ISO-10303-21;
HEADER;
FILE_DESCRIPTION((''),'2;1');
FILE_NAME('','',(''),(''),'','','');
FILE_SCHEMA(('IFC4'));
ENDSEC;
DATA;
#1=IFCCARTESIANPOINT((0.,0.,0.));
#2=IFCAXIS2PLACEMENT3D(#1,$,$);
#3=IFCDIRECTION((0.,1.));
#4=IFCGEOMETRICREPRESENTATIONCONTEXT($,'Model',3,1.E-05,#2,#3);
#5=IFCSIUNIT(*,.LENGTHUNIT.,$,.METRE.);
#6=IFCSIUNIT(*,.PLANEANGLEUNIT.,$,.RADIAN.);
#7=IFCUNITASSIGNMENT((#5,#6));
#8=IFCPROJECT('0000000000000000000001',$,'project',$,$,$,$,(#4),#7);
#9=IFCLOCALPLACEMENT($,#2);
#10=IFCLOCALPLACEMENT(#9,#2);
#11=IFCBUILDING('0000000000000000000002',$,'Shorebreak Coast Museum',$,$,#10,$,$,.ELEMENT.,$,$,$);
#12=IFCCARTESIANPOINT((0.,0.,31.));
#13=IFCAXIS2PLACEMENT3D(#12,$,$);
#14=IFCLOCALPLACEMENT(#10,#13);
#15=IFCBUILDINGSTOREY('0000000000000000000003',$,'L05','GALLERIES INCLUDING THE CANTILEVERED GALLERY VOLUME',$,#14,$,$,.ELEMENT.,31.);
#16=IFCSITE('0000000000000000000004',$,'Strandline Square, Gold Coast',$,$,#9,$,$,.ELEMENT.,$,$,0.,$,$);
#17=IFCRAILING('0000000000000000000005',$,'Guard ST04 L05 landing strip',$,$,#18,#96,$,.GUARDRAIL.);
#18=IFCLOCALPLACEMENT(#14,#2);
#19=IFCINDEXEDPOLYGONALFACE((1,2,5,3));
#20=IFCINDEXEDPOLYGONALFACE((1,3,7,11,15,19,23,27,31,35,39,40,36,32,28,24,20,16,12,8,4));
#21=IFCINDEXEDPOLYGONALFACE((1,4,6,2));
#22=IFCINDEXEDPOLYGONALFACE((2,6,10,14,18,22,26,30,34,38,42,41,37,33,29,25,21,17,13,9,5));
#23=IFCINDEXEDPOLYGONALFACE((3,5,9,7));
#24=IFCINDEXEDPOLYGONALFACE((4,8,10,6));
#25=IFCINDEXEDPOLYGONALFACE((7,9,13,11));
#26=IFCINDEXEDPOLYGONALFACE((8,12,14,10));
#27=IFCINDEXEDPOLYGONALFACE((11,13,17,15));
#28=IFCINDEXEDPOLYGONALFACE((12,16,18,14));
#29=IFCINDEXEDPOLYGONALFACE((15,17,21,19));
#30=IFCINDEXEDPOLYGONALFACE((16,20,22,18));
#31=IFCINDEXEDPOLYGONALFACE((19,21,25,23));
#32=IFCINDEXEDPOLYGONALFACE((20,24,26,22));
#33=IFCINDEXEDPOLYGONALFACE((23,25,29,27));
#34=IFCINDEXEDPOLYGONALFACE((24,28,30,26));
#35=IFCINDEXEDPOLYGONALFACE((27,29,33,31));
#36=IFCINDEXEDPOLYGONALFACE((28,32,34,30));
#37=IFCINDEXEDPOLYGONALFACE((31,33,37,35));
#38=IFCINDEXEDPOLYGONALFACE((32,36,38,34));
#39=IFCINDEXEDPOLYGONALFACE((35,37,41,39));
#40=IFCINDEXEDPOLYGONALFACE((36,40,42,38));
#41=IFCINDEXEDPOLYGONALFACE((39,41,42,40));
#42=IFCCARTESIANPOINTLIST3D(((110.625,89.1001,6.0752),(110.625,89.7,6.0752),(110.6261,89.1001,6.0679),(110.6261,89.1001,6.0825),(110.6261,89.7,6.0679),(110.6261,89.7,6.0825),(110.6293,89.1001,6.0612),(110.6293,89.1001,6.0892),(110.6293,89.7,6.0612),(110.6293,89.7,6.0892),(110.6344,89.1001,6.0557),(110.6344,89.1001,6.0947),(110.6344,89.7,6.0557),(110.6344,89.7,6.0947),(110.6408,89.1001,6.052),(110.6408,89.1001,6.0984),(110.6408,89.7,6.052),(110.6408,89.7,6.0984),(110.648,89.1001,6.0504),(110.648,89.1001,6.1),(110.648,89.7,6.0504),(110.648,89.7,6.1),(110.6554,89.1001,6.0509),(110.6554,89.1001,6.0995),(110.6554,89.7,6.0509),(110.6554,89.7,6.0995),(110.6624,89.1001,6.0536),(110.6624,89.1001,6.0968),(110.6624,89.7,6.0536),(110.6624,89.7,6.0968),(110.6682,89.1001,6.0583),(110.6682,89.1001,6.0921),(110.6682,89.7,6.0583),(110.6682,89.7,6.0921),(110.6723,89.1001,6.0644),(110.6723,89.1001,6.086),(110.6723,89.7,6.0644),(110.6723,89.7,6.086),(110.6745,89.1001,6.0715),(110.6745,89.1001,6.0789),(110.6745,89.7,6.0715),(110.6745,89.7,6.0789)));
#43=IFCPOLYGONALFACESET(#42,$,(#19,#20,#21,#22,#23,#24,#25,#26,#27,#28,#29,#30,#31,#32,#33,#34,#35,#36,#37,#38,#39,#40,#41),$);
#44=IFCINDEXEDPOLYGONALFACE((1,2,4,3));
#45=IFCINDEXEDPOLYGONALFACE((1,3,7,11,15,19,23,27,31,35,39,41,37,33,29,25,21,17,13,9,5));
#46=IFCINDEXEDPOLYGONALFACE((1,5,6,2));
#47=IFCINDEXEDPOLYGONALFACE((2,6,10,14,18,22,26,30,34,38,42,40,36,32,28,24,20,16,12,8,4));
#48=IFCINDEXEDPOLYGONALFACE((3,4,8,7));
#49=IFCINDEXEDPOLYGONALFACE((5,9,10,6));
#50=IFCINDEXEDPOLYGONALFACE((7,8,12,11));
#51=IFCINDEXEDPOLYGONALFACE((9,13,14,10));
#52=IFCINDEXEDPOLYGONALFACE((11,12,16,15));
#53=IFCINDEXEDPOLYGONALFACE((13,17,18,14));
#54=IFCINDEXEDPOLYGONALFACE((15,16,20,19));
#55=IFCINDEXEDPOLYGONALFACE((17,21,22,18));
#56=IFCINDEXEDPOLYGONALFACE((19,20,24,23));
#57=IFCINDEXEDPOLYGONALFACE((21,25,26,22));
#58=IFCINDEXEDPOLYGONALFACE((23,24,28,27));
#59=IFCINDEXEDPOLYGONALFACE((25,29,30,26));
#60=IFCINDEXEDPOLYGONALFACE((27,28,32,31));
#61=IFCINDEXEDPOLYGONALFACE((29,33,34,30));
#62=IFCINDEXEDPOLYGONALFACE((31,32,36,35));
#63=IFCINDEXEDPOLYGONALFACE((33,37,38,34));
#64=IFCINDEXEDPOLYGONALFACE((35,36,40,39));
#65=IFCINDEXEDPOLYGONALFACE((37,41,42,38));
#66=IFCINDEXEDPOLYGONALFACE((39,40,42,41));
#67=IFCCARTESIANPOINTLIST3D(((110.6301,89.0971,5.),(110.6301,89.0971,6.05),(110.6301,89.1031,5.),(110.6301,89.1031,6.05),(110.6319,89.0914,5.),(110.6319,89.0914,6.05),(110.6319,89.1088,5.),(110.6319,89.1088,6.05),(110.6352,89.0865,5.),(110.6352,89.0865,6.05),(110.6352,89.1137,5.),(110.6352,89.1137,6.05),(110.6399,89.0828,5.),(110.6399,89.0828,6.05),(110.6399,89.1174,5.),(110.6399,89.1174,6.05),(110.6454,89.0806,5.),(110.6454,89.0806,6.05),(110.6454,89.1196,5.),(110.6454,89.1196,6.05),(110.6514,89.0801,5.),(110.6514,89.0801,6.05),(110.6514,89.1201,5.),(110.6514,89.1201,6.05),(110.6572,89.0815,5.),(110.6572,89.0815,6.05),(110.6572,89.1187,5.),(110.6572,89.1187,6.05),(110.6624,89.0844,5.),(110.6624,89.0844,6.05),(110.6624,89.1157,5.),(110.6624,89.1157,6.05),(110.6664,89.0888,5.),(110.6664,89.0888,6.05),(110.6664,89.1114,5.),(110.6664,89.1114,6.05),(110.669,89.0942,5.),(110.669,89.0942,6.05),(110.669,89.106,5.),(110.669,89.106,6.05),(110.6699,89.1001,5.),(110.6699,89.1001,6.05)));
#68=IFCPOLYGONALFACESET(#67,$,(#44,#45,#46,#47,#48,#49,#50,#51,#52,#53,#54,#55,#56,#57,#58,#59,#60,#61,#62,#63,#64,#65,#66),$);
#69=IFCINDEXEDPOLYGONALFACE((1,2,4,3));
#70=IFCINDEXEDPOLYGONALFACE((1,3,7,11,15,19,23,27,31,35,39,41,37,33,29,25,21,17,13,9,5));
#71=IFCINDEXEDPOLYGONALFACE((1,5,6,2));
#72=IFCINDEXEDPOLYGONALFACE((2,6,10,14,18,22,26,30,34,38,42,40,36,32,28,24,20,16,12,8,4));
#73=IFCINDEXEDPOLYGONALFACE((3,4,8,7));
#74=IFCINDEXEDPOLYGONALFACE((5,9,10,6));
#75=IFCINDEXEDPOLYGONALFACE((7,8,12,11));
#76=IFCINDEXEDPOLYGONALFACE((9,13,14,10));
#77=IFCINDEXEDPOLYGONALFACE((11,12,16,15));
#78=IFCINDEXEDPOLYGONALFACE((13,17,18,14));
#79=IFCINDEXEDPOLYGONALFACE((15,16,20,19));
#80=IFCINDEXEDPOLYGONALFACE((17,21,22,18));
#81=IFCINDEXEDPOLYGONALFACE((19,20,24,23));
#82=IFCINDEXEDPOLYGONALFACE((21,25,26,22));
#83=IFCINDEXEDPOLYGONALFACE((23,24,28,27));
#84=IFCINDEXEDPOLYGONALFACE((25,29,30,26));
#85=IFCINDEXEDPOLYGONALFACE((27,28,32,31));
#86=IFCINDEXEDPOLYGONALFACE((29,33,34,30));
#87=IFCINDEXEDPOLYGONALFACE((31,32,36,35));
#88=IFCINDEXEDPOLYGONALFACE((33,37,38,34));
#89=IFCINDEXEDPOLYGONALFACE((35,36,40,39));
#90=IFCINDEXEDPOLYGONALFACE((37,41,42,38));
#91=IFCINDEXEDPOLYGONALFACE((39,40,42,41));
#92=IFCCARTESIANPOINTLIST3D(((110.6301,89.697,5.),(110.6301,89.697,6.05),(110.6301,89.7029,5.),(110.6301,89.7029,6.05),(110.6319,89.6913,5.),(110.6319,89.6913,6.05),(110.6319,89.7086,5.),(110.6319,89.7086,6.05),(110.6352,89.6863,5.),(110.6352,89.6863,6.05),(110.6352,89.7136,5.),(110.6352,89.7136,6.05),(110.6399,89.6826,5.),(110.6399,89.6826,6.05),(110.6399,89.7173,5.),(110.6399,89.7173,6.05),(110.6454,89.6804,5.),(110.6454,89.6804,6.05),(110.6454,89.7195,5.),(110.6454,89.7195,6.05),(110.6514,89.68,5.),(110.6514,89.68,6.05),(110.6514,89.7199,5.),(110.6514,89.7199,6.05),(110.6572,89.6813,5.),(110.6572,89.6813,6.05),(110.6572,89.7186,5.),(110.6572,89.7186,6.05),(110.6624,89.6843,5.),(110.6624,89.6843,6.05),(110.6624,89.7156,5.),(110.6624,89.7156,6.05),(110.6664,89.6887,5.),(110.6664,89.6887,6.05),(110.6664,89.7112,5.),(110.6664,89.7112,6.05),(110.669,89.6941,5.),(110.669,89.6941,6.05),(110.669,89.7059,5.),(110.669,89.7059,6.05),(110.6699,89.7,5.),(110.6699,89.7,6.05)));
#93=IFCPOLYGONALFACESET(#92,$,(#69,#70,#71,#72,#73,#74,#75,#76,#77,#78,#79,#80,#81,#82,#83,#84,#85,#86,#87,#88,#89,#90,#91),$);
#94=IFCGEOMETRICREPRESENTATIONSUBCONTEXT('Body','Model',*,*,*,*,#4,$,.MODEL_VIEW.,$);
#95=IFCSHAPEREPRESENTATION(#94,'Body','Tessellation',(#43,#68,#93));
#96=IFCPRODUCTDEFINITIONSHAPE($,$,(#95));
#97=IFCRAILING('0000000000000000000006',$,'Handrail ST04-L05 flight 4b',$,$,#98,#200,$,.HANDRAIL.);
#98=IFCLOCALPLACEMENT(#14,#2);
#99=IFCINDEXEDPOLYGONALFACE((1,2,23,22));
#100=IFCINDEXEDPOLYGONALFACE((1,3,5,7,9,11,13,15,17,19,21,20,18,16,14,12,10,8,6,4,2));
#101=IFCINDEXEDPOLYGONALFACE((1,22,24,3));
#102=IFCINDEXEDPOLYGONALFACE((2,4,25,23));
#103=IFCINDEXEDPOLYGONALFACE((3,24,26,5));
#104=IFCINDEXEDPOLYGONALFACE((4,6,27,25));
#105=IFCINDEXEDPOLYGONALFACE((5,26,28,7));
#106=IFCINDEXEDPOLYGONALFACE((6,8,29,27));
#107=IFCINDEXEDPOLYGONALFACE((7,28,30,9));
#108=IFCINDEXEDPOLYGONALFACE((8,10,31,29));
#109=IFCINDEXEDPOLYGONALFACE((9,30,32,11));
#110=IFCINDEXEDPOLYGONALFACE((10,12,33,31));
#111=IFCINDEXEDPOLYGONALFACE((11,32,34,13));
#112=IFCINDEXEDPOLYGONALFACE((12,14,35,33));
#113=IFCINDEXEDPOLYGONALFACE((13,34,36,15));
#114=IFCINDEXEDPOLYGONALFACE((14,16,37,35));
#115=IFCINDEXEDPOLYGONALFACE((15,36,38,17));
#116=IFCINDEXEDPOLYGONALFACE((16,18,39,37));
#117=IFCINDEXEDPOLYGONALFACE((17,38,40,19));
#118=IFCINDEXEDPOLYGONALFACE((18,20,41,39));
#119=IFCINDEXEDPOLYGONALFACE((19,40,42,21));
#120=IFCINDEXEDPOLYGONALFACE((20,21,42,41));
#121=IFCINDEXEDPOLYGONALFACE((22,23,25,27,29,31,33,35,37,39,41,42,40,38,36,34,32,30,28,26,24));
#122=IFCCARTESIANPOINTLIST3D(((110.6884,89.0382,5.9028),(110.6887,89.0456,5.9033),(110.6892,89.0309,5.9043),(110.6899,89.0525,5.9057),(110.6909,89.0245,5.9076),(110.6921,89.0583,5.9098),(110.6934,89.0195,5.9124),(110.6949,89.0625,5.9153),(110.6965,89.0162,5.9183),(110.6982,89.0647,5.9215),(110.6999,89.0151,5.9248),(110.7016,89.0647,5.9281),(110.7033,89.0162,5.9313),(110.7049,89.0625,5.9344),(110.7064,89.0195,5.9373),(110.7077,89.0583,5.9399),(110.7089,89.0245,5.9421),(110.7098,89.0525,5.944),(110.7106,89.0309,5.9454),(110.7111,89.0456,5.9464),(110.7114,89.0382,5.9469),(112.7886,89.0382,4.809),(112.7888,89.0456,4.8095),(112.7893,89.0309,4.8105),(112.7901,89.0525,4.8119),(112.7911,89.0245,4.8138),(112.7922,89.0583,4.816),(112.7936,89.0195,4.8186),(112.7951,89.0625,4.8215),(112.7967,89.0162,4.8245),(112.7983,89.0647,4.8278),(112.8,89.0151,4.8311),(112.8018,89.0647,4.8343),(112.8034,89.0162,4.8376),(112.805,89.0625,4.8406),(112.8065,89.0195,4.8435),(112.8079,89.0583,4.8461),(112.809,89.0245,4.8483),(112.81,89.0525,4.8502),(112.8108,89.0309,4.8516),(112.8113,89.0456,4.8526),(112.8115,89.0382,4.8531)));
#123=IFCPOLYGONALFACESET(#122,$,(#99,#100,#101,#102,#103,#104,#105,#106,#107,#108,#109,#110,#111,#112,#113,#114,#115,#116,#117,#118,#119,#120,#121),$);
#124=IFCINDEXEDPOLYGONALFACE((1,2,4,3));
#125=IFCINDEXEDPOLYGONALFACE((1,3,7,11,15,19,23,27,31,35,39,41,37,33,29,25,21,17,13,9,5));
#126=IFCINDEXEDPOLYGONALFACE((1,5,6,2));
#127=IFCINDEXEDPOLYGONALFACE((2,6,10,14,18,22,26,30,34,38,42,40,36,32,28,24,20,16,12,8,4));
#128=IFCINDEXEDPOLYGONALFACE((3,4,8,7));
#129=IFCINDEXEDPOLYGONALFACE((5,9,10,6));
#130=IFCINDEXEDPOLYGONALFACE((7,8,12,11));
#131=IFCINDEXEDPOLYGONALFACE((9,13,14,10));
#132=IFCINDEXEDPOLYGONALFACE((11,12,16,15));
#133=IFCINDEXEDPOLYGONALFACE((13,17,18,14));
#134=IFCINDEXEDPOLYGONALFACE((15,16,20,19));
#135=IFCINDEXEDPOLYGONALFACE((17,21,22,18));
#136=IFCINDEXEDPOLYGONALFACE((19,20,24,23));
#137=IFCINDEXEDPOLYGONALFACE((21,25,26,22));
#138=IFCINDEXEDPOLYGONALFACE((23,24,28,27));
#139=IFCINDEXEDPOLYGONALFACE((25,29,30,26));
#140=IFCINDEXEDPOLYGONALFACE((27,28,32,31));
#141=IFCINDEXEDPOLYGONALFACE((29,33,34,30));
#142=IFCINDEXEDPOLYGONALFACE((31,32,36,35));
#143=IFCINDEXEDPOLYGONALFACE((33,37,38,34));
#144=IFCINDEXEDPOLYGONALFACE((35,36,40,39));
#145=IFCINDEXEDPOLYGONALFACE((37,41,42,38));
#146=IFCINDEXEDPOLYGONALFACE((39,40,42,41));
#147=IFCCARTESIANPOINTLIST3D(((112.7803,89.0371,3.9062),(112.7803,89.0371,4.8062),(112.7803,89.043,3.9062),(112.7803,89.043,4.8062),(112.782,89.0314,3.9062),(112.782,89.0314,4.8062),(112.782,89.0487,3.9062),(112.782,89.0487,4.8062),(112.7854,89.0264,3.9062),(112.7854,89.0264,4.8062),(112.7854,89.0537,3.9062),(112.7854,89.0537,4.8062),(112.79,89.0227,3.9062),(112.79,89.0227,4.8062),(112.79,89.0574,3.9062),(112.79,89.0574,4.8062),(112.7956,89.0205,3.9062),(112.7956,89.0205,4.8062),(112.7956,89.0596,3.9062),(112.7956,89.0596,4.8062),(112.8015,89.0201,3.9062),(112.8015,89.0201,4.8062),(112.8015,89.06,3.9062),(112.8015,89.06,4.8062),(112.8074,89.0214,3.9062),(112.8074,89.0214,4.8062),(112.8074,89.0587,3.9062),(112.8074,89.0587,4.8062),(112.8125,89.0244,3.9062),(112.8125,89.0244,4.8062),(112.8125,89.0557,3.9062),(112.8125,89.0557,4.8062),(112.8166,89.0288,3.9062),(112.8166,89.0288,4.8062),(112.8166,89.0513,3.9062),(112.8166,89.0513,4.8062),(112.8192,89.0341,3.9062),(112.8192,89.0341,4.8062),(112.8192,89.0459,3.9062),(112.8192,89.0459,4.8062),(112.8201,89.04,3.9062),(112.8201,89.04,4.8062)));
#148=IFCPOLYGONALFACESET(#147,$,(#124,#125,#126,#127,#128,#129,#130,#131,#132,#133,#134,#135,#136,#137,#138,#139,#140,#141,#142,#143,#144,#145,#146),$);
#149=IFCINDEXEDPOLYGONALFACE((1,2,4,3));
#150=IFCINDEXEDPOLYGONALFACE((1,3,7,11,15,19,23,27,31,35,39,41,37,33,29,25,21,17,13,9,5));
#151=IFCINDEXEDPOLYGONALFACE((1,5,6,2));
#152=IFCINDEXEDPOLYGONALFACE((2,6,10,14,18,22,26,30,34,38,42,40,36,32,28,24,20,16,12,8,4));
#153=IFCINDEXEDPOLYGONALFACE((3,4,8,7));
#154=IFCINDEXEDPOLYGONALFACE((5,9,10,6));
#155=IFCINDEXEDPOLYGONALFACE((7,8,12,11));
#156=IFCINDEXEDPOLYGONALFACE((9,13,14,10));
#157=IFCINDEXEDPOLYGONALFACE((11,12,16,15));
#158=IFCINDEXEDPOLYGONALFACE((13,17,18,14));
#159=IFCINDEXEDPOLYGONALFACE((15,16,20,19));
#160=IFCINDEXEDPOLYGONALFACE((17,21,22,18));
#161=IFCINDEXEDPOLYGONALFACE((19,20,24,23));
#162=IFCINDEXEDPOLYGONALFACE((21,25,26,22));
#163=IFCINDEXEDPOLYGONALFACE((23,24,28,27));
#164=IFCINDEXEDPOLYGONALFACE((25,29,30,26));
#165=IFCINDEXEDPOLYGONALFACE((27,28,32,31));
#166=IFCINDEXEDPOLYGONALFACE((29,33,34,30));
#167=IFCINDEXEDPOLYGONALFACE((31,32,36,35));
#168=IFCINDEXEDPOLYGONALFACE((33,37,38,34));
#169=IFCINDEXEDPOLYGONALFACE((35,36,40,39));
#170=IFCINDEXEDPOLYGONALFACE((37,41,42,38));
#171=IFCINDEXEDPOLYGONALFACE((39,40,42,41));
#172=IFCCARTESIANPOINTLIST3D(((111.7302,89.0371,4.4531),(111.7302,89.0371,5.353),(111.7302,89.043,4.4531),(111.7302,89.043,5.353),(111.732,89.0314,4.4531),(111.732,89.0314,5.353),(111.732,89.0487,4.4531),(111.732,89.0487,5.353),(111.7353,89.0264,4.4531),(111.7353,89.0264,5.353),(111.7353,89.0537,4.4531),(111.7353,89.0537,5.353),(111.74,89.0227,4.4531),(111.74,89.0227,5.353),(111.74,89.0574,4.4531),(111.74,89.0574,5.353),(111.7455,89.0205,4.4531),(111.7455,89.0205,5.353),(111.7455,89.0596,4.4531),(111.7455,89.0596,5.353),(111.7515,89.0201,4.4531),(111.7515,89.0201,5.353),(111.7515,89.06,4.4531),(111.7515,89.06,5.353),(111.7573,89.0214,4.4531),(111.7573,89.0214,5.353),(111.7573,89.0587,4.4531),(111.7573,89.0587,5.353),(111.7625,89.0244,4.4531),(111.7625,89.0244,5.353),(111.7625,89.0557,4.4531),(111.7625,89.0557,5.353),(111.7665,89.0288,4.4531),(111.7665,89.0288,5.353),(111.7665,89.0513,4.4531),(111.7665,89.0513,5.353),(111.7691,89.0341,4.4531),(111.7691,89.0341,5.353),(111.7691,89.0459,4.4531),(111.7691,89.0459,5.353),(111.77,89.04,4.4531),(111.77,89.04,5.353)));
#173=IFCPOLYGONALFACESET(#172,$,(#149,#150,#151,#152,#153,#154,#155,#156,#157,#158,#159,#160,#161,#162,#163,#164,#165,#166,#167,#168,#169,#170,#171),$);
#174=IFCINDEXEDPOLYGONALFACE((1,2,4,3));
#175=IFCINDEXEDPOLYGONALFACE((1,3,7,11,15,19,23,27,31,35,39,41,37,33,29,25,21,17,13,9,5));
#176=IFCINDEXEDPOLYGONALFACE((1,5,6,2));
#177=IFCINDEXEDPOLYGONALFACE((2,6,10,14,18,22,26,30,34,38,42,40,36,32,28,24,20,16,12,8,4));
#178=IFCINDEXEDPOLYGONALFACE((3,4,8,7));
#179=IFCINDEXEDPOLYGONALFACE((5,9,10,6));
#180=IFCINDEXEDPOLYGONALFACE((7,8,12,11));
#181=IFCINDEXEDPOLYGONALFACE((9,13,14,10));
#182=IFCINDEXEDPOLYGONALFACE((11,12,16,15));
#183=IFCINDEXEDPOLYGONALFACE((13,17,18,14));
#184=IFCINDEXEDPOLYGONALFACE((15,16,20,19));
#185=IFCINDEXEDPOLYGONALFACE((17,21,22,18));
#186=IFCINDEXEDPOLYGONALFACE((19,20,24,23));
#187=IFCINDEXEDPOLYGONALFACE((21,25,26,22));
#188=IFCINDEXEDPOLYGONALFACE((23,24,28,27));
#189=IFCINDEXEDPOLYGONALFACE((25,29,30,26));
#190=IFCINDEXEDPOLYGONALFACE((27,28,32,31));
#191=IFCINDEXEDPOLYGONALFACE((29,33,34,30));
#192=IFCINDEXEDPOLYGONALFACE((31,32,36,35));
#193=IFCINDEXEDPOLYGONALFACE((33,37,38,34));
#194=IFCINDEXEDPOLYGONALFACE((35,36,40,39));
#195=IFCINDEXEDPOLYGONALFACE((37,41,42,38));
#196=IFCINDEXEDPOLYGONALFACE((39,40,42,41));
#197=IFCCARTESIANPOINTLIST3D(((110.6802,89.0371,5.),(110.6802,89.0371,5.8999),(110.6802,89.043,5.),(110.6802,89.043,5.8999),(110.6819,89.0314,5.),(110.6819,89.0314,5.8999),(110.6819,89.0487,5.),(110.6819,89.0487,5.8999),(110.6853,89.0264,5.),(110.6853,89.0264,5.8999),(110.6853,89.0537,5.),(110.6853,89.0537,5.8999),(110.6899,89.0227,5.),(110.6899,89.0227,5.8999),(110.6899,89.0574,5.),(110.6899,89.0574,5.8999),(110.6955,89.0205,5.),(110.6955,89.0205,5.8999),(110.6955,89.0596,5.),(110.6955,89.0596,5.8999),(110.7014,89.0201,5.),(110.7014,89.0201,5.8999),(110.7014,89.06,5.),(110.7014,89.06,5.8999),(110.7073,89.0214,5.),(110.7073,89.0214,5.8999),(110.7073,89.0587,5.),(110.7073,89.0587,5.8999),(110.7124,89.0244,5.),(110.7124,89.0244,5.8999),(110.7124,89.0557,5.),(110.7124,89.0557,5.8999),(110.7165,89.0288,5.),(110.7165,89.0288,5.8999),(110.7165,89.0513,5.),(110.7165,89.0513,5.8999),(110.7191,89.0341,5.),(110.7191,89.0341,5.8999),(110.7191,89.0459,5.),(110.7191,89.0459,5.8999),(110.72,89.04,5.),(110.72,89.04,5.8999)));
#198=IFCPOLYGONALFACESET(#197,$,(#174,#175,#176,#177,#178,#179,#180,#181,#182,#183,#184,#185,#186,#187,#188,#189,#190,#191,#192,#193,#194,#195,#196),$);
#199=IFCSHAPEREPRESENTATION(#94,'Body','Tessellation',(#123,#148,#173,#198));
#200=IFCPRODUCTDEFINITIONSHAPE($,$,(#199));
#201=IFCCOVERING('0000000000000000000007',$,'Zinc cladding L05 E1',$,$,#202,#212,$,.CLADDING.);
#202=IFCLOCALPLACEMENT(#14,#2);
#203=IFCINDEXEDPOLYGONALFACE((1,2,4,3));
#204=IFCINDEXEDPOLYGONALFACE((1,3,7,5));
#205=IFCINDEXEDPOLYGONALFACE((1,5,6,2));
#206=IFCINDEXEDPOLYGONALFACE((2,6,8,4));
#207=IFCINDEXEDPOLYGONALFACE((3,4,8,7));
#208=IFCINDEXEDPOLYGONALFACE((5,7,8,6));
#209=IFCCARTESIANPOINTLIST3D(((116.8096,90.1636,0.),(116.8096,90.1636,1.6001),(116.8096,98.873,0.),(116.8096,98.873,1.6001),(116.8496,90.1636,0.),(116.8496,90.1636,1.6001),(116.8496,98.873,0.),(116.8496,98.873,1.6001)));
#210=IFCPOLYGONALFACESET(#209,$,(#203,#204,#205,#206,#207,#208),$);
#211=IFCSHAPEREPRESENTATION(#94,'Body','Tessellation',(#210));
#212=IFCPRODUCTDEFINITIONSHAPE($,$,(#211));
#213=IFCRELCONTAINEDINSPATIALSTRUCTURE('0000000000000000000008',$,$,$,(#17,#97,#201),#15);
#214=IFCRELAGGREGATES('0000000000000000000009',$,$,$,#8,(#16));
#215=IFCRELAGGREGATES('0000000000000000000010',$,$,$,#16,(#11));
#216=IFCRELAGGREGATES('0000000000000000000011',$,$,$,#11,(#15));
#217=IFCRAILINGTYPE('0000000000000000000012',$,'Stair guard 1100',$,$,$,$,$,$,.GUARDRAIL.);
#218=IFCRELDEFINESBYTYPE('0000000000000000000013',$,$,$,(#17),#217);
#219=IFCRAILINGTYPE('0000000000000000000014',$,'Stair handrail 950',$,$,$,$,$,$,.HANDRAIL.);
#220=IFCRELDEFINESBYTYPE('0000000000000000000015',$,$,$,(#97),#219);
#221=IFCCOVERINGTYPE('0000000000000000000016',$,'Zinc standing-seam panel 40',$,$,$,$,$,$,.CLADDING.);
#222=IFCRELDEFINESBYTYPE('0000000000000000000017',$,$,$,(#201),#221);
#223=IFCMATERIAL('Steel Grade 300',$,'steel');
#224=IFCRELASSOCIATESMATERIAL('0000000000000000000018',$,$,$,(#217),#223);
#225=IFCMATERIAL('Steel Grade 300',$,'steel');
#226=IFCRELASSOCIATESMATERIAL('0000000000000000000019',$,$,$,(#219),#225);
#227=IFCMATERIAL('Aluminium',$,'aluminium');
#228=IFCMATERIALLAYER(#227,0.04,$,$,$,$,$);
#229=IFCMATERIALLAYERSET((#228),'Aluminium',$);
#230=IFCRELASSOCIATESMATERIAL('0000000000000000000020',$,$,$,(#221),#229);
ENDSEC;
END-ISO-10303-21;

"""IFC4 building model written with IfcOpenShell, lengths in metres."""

from ifc_helpers import new_model, si_unit, direction, frame, origin, origin_2d, place, context, subcontext, project, spatial, rectangle, circle, extrude, material, layer, layer_set, type_object, element, save


model = new_model("IFC4")

# Units and contexts
model_context = context("Model", 3, precision=1e-05, world=origin(), true_north=direction((0.0, 1.0)))
body_context = subcontext(model_context, "Body", "Model", "MODEL_VIEW")
ifc_project = project(units=[si_unit("LENGTHUNIT", "METRE"), si_unit("PLANEANGLEUNIT", "RADIAN")], contexts=[model_context])

# Site, building, storey
site_placement = place(None, origin())
site = spatial("IfcSite", under=ifc_project, at=site_placement, Name="Strandline Square, Gold Coast", CompositionType="ELEMENT", RefElevation=0.0)
building_placement = place(site_placement, origin())
building = spatial("IfcBuilding", under=site, at=building_placement, Name="Shorebreak Coast Museum", CompositionType="ELEMENT")
storey_placement = place(building_placement, frame((0.0, 0.0, 31.0)))
storey = spatial("IfcBuildingStorey", under=building, at=storey_placement, Name="L05", Description="GALLERIES INCLUDING THE CANTILEVERED GALLERY VOLUME", CompositionType="ELEMENT", Elevation=31.0)

# Railings
ifc_material_1 = material(Name="Steel Grade 300", Category="steel")
railing_type_1 = type_object("IfcRailingType", Name="Stair guard 1100", PredefinedType="GUARDRAIL", material=ifc_material_1)
for number, where, name in (
    (1, (110.6499, 89.1001, 5.0), "Guard ST04 L05 landing strip"),
):
    element("IfcRailing", number, at=place(storey_placement, frame(where)), inside=storey, type_object=railing_type_1, Name=name, PredefinedType="GUARDRAIL", context=body_context, shape_type="SweptSolid", body=[
        extrude(circle(Radius=0.0249, at=origin_2d()), frame((0.0, 0.0, 1.0752), z_axis=(0.0, 1.0, 0.0), x_axis=(-1.0, 0.0, 0.0)), (0.0, 0.0, 1.0), 0.5999),
        extrude(circle(Radius=0.02, at=origin_2d()), origin(), (0.0, 0.0, 1.0), 1.05),
        extrude(circle(Radius=0.02, at=origin_2d()), frame((0.0, 0.5999, 0.0)), (0.0, 0.0, 1.0), 1.05),
    ])
ifc_material_2 = material(Name="Steel Grade 300", Category="steel")
railing_type_2 = type_object("IfcRailingType", Name="Stair handrail 950", PredefinedType="HANDRAIL", material=ifc_material_2)
railing_placement = place(storey_placement, frame((112.8, 89.04, 3.9062)))
element("IfcRailing", 2, at=railing_placement, inside=storey, type_object=railing_type_2, Name="Handrail ST04-L05 flight 4b", PredefinedType="HANDRAIL", context=body_context, shape_type="SweptSolid", body=[
    extrude(circle(Radius=0.0249, at=origin_2d()), frame((0.0, 0.0, 0.9248), z_axis=(-0.886923, 0.0, 0.461918), x_axis=(0.0, -1.0, 0.0)), (0.0, 0.0, 1.0), 2.3679),
    extrude(circle(Radius=0.02, at=origin_2d()), origin(), (0.0, 0.0, 1.0), 0.8999),
    extrude(circle(Radius=0.02, at=origin_2d()), frame((-1.05, 0.0, 0.5469)), (0.0, 0.0, 1.0), 0.8999),
    extrude(circle(Radius=0.02, at=origin_2d()), frame((-2.1001, 0.0, 1.0938)), (0.0, 0.0, 1.0), 0.8999),
])

# Covering
ifc_material_3 = material(Name="Aluminium", Category="aluminium")
ifc_layer_1 = layer(ifc_material_3, 0.04)
ifc_layer_set_1 = layer_set([ifc_layer_1], Name="Aluminium")
covering_type = type_object("IfcCoveringType", Name="Zinc standing-seam panel 40", PredefinedType="CLADDING", material=ifc_layer_set_1)
covering_1_placement = place(storey_placement, frame((116.8296, 94.5183, 0.0), z_axis=(0.0, 0.0, 1.0), x_axis=(1.0, 0.0, 0.0)))
element("IfcCovering", 3, at=covering_1_placement, inside=storey, type_object=covering_type, Name="Zinc cladding L05 E1", PredefinedType="CLADDING", context=body_context, shape_type="SweptSolid", body=[
    extrude(rectangle(XDim=0.04, YDim=8.7095, at=origin_2d()), origin(), (0.0, 0.0, 1.0), 1.6001),
])

save(model, "model.ifc")
